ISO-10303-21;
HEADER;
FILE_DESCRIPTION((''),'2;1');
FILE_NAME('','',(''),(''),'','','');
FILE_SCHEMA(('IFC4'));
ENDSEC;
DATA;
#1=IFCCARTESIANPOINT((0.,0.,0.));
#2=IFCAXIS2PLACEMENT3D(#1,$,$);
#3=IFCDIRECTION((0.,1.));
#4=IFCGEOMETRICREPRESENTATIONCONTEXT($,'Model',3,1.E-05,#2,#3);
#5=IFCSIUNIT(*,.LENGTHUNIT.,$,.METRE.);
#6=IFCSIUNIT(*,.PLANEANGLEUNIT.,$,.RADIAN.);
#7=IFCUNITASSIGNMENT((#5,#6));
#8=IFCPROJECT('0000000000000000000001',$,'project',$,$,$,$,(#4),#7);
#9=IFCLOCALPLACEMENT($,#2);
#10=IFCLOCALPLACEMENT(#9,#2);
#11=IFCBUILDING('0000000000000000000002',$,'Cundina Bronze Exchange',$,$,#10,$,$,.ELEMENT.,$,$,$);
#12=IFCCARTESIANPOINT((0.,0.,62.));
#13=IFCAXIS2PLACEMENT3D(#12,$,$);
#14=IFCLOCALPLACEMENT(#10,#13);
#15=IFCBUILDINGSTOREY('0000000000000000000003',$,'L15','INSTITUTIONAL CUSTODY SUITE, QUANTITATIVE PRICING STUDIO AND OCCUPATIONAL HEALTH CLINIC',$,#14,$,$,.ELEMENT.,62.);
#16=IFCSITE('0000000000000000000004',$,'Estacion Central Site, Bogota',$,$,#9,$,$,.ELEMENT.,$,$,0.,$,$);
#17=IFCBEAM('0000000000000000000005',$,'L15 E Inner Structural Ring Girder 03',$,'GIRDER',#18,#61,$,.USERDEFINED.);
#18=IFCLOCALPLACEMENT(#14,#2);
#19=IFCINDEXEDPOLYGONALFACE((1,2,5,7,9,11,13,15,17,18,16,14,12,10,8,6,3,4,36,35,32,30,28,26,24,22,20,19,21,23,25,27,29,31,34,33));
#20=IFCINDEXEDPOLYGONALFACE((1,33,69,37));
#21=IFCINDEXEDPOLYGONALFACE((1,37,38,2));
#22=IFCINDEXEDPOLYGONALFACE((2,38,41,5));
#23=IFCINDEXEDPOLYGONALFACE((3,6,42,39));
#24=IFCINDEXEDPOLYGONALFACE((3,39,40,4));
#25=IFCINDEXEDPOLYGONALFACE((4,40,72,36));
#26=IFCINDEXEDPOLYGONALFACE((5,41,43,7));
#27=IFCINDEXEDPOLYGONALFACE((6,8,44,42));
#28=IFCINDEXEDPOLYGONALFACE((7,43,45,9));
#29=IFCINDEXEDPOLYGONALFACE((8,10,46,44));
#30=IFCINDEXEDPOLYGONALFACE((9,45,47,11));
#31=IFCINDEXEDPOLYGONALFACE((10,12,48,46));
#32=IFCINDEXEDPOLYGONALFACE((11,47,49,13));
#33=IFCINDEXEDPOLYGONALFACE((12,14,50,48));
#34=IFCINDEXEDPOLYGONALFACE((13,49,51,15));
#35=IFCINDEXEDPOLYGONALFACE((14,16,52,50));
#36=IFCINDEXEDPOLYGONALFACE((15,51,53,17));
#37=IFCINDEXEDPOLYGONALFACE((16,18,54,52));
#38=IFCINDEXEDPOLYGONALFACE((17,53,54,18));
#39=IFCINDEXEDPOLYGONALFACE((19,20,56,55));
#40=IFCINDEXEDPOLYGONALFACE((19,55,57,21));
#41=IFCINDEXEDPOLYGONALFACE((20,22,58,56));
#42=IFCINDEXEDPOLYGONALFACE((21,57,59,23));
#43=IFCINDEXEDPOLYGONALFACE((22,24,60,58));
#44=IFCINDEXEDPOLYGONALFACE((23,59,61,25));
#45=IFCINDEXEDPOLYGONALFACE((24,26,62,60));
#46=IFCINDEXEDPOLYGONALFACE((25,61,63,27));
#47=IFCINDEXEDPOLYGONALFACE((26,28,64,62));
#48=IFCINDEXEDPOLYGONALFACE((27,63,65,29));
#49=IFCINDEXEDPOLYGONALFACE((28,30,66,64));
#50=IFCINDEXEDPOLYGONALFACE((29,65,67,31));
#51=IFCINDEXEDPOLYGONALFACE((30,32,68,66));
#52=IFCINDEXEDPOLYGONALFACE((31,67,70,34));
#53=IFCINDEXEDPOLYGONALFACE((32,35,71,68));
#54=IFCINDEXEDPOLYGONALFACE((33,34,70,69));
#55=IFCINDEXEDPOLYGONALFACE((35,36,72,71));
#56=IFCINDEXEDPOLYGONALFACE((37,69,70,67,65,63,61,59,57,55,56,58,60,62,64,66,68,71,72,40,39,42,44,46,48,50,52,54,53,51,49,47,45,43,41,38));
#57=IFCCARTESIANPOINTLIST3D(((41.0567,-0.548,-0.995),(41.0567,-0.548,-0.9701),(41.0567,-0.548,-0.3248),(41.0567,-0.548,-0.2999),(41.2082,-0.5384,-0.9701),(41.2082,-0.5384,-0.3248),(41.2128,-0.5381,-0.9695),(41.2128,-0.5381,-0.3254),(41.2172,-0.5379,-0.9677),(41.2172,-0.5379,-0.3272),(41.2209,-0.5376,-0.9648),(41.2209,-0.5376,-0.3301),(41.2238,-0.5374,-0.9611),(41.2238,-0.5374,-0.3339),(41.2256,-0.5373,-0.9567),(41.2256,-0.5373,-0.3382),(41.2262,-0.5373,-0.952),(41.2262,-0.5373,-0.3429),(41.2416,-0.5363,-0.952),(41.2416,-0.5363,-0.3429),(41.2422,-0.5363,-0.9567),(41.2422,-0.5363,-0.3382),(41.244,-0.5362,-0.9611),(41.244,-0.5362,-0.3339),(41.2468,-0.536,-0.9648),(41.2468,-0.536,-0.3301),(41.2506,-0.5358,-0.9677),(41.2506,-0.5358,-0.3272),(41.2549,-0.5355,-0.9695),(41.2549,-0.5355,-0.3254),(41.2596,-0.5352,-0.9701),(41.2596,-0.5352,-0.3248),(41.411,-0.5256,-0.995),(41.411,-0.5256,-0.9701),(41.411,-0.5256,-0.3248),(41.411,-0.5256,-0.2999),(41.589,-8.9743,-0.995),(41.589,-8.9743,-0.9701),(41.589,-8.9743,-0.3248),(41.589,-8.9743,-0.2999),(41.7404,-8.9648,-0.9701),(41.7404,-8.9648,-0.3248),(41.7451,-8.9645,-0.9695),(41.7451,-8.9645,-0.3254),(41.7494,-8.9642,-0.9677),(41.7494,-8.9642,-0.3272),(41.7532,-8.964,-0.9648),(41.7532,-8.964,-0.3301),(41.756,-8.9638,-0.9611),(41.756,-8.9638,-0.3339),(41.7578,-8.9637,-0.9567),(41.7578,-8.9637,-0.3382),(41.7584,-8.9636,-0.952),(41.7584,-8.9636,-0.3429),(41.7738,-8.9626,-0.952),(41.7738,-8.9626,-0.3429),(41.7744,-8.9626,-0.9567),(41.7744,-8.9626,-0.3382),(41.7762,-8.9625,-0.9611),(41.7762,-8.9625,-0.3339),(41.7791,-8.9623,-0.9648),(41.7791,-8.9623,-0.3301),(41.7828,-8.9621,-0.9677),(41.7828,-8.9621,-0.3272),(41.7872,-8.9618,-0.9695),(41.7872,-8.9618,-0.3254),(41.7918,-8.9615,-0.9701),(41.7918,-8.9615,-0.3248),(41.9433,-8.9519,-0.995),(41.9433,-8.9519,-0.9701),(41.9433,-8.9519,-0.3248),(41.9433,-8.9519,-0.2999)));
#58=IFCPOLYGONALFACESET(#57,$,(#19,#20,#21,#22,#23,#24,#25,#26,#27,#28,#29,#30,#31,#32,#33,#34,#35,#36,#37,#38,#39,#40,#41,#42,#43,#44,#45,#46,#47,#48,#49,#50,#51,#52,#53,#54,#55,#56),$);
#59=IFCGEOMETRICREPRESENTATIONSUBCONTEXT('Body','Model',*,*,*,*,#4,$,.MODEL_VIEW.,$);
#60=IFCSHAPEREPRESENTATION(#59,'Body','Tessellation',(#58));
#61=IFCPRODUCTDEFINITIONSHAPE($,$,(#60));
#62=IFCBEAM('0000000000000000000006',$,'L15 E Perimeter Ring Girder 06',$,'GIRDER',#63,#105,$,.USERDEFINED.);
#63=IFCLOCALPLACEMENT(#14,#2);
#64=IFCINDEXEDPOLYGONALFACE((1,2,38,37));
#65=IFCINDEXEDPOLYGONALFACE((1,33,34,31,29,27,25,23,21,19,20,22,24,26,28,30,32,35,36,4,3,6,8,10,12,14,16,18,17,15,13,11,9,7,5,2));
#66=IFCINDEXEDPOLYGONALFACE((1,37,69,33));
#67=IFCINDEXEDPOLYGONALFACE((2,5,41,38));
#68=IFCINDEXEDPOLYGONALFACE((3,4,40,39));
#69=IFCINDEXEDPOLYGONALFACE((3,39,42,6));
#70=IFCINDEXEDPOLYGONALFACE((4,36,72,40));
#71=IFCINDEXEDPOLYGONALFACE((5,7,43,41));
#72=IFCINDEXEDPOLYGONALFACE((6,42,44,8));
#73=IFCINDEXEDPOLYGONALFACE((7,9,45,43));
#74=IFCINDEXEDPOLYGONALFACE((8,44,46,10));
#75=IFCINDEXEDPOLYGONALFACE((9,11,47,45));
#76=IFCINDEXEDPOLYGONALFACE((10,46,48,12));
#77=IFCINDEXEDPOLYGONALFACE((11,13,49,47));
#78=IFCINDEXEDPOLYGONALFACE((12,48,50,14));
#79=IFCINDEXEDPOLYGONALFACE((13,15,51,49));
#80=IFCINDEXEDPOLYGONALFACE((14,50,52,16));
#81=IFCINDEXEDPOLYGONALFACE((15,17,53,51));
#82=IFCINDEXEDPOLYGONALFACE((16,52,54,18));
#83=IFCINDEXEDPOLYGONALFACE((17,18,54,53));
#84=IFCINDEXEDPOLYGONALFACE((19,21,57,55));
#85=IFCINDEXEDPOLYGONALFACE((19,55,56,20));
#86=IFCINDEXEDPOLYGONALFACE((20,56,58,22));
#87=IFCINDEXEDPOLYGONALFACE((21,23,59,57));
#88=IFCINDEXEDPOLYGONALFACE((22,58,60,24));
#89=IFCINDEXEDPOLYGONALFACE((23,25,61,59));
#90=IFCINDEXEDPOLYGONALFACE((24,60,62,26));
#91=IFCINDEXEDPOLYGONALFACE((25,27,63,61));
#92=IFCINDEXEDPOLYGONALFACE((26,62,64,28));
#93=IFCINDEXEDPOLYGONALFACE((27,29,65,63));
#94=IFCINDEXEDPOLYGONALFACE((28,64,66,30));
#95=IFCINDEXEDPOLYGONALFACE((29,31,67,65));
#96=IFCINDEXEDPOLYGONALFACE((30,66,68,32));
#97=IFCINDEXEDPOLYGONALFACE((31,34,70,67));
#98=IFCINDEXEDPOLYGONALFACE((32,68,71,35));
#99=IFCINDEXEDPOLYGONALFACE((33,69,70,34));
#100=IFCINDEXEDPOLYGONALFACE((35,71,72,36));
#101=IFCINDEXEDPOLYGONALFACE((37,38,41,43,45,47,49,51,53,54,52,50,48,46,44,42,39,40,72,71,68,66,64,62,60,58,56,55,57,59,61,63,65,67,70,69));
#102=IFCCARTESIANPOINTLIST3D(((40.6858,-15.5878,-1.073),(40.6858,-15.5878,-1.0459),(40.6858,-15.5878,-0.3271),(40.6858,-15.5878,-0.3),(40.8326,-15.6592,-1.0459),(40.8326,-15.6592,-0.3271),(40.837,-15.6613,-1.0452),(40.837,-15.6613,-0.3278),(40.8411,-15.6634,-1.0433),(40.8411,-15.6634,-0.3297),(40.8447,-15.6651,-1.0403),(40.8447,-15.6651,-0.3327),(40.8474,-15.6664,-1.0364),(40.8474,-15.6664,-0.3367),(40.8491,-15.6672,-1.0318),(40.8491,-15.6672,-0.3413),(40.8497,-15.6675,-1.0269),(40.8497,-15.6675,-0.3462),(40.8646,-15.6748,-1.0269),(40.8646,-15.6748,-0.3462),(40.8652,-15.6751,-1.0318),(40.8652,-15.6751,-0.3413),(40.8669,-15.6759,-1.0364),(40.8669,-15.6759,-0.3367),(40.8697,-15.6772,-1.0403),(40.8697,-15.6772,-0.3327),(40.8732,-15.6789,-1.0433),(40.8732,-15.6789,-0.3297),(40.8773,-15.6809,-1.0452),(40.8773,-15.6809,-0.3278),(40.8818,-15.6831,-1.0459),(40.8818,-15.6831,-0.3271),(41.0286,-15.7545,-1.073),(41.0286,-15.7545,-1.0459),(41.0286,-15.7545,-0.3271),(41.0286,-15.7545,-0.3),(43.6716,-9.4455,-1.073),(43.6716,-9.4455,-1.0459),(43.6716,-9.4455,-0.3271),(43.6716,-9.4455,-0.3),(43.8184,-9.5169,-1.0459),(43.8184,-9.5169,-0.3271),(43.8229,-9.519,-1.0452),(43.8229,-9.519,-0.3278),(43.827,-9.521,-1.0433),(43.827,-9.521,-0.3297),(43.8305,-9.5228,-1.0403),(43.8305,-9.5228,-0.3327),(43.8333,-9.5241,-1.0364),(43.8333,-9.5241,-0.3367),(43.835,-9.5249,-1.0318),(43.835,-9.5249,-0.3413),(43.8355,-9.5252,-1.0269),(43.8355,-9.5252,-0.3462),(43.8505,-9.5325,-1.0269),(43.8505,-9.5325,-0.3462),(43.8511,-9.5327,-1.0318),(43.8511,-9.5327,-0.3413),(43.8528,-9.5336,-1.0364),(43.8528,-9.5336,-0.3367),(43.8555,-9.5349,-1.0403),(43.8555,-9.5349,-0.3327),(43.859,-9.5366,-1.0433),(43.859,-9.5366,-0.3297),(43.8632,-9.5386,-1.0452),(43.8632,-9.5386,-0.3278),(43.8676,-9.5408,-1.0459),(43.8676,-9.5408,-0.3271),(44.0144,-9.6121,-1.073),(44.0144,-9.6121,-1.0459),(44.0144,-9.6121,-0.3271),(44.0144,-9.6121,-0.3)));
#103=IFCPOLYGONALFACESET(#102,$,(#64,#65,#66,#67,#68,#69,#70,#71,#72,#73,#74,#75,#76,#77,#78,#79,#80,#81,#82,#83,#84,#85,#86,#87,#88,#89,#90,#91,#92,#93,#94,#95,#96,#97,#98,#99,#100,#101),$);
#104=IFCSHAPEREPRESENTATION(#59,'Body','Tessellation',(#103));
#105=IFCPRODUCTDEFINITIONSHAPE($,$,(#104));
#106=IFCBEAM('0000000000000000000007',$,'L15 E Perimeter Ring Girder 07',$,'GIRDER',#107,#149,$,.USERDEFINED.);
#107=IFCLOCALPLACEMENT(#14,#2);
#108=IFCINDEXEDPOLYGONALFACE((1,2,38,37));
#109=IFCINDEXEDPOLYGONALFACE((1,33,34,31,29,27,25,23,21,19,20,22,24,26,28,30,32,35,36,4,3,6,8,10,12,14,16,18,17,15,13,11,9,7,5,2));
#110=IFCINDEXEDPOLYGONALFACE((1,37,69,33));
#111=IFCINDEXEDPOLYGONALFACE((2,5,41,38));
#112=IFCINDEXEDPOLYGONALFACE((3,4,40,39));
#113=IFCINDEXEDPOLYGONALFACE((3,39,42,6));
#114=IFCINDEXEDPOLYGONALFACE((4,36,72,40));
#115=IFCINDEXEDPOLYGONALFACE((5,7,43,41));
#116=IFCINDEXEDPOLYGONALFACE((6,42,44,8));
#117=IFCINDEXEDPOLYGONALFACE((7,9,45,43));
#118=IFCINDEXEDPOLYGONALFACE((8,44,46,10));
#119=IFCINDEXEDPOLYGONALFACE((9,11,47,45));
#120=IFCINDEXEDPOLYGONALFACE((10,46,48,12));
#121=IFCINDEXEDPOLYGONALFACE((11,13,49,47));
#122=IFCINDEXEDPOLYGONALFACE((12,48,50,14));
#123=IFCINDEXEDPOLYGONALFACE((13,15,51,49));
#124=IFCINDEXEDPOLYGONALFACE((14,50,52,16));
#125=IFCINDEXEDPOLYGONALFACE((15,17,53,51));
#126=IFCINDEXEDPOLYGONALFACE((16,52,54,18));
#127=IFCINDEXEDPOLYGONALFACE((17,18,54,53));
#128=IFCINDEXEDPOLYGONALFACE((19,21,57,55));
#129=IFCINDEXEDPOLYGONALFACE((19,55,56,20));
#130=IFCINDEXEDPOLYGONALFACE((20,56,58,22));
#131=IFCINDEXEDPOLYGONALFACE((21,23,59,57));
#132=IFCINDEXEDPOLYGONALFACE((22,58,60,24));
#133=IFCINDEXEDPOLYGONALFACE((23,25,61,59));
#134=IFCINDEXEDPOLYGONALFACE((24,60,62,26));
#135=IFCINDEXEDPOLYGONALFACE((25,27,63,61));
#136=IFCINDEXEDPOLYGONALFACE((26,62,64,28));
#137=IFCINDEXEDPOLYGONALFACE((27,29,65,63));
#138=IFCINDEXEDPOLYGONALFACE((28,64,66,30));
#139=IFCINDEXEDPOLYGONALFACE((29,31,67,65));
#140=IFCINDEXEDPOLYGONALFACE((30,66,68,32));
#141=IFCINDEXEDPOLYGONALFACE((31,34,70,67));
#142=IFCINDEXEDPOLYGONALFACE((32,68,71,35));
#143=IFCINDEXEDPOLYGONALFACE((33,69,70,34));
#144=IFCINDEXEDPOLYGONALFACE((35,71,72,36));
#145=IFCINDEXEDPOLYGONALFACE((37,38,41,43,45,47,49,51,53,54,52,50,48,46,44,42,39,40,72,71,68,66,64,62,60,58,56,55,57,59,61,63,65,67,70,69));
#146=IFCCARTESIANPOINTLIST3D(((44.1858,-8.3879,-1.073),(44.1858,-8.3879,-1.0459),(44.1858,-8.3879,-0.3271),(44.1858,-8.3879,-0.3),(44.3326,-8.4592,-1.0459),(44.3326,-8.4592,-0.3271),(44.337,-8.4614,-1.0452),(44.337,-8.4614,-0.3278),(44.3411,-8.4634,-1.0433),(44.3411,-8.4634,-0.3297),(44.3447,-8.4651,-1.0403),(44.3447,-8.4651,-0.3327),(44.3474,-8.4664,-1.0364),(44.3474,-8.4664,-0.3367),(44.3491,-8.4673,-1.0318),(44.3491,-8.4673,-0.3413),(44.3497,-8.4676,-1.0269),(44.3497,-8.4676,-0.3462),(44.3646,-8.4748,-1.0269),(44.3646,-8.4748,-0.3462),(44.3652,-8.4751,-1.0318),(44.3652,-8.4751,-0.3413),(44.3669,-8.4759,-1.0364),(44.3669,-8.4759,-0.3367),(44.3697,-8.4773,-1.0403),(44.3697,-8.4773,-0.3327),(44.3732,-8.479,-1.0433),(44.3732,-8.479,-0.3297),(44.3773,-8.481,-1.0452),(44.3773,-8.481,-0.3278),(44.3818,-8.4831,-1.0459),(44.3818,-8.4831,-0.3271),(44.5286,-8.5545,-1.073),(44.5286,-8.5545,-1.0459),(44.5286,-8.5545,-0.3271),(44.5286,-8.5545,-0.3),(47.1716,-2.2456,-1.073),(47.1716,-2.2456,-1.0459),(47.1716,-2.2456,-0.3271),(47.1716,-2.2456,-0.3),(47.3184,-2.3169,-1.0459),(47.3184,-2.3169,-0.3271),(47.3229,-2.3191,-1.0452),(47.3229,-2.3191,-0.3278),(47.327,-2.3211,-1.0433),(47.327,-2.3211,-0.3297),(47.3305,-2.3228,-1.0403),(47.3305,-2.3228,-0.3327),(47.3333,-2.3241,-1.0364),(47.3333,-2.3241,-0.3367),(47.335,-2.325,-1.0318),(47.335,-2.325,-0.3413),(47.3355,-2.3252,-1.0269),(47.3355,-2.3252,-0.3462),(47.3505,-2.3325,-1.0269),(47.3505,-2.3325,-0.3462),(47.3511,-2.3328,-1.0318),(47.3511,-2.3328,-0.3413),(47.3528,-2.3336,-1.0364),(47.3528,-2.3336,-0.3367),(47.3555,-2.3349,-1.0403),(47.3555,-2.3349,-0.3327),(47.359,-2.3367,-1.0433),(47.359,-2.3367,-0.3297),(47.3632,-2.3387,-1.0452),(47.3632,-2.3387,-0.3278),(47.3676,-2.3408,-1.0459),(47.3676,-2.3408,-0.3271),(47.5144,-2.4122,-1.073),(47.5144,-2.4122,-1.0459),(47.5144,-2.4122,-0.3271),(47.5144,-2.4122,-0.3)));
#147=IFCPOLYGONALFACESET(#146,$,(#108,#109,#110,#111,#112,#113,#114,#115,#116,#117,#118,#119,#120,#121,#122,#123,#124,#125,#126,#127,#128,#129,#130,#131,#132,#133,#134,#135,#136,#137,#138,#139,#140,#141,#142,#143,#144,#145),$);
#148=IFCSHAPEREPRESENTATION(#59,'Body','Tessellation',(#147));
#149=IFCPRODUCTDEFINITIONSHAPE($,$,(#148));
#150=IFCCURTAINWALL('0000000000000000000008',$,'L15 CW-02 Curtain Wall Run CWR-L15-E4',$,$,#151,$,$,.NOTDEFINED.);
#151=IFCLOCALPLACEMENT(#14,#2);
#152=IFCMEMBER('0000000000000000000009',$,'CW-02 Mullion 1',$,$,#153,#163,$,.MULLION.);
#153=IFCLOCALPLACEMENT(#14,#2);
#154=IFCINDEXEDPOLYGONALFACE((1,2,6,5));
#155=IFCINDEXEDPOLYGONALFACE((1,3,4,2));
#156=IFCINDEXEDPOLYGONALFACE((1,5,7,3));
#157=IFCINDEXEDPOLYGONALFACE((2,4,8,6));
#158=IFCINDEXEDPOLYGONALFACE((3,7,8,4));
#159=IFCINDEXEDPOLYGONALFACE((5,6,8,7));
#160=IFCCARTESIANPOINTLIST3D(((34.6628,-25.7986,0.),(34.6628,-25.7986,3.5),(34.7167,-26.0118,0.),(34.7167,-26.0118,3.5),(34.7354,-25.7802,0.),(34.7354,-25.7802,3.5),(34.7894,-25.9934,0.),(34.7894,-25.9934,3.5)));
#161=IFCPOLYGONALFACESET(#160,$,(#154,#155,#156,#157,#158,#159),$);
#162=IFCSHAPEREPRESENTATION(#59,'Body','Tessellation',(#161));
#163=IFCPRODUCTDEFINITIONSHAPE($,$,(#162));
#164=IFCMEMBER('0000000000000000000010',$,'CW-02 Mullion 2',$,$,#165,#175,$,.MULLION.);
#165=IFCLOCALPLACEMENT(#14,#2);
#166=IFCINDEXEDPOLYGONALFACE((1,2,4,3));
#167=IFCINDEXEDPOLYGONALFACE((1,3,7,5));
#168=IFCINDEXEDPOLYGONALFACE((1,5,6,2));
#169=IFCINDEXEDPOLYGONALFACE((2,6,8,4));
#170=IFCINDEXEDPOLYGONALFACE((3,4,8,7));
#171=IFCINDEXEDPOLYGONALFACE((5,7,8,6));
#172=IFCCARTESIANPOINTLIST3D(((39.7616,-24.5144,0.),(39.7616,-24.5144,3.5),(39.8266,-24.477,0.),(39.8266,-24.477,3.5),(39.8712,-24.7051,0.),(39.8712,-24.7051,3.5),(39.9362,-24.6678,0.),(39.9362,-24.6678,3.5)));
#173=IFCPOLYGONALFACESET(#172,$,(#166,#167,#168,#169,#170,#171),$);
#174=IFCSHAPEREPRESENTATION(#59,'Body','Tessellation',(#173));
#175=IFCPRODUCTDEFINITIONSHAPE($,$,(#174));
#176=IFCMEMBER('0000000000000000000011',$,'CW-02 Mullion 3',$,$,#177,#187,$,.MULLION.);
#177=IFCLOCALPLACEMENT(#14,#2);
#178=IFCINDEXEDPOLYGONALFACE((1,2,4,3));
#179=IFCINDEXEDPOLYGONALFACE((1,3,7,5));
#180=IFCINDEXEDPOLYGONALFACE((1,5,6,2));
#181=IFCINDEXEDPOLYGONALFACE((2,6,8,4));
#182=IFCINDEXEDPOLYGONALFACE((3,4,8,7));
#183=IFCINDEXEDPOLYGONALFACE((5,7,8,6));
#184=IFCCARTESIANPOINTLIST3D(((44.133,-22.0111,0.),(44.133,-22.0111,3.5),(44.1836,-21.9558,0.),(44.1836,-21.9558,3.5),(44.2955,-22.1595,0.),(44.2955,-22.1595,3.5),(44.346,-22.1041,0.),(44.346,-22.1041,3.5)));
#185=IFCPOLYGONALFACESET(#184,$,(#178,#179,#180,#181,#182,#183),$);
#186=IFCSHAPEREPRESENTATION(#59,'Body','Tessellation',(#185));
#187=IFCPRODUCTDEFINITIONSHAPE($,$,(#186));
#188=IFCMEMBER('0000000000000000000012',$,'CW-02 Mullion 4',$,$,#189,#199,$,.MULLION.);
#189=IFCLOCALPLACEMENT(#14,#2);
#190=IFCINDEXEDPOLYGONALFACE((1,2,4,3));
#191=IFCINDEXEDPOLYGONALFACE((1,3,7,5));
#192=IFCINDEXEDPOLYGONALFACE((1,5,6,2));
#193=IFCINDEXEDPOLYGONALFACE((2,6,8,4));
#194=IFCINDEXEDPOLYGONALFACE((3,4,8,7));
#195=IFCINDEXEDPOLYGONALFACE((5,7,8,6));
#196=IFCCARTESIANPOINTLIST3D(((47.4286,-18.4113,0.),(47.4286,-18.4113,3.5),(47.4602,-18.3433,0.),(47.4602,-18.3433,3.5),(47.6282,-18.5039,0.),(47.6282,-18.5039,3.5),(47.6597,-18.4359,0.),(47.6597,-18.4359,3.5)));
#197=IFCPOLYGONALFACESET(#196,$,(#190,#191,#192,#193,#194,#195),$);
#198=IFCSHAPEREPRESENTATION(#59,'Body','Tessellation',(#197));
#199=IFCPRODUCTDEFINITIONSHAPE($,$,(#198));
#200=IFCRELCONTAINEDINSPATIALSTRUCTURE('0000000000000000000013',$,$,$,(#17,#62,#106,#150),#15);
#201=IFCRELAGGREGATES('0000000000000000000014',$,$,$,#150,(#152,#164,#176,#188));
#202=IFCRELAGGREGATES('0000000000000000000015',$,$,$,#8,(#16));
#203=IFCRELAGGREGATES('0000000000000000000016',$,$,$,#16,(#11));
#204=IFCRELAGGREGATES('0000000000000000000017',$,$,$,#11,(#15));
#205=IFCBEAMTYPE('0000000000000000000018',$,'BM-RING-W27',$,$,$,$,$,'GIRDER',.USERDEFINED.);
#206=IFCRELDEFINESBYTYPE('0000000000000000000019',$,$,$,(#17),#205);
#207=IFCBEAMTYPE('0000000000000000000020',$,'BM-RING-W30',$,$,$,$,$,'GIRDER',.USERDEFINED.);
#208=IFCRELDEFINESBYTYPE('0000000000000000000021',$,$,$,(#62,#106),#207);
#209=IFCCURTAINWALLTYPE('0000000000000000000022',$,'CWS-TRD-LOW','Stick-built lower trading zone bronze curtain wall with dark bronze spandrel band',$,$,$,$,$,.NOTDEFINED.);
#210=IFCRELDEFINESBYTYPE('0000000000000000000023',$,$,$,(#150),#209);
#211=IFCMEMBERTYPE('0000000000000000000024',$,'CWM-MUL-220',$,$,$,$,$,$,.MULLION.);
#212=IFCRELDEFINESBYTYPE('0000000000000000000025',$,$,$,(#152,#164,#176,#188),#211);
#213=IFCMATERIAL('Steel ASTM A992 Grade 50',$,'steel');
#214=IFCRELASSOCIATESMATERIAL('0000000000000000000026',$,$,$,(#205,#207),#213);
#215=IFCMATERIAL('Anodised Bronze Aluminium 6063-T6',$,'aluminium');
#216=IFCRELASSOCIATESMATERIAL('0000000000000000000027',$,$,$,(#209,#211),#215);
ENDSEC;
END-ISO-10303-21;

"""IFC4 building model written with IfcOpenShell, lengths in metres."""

from ifc_helpers import new_model, si_unit, direction, frame, origin, origin_2d, place, context, subcontext, project, spatial, rectangle, i_section, extrude, material, material_profile, profile_set, type_object, element, aggregate, save


model = new_model("IFC4")

# Units and contexts
model_context = context("Model", 3, precision=1e-05, world=origin(), true_north=direction((0.0, 1.0)))
body_context = subcontext(model_context, "Body", "Model", "MODEL_VIEW")
ifc_project = project(units=[si_unit("LENGTHUNIT", "METRE"), si_unit("PLANEANGLEUNIT", "RADIAN")], contexts=[model_context])

# Site, building, storey
site_placement = place(None, origin())
site = spatial("IfcSite", under=ifc_project, at=site_placement, Name="Estacion Central Site, Bogota", CompositionType="ELEMENT", RefElevation=0.0)
building_placement = place(site_placement, origin())
building = spatial("IfcBuilding", under=site, at=building_placement, Name="Cundina Bronze Exchange", CompositionType="ELEMENT")
storey_placement = place(building_placement, frame((0.0, 0.0, 62.0)))
storey = spatial("IfcBuildingStorey", under=building, at=storey_placement, Name="L15", Description="INSTITUTIONAL CUSTODY SUITE, QUANTITATIVE PRICING STUDIO AND OCCUPATIONAL HEALTH CLINIC", CompositionType="ELEMENT", Elevation=62.0)

# Beams
ifc_material_1 = material(Name="Steel ASTM A992 Grade 50", Category="steel")
ifc_material_profile_1 = material_profile(ifc_material_1, i_section(OverallWidth=0.355, OverallDepth=0.6951, WebThickness=0.0154, FlangeThickness=0.0249, FilletRadius=0.0181, at=origin_2d()), Name="W27X146", Category="steel")
ifc_profile_set_1 = profile_set([ifc_material_profile_1], Name="Steel ASTM A992 Grade 50")
beam_type_1 = type_object("IfcBeamType", Name="BM-RING-W27", ElementType="GIRDER", PredefinedType="USERDEFINED", material=ifc_profile_set_1)
beam_1_placement = place(storey_placement, frame((41.7661, -8.9631, -0.6475), z_axis=(-0.063037, 0.998011, 0.0), x_axis=(-0.998011, -0.063037, 0.0)))
element("IfcBeam", 1, at=beam_1_placement, inside=storey, type_object=beam_type_1, Name="L15 E Inner Structural Ring Girder 03", ObjectType="GIRDER", PredefinedType="USERDEFINED", context=body_context, shape_type="SweptSolid", body=[
    extrude(i_section(OverallWidth=0.355, OverallDepth=0.6951, WebThickness=0.0154, FlangeThickness=0.0249, FilletRadius=0.0181, at=origin_2d()), origin(), (0.0, 0.0, 1.0), 8.4431),
])
ifc_material_profile_2 = material_profile(ifc_material_1, i_section(OverallWidth=0.3811, OverallDepth=0.7729, WebThickness=0.0166, FlangeThickness=0.0271, FilletRadius=0.019, at=origin_2d()), Name="W30X173", Category="steel")
ifc_profile_set_2 = profile_set([ifc_material_profile_2], Name="Steel ASTM A992 Grade 50")
beam_type_2 = type_object("IfcBeamType", Name="BM-RING-W30", ElementType="GIRDER", PredefinedType="USERDEFINED", material=ifc_profile_set_2)
for number, where, z_axis, x_axis, name in (
    (2, (40.8572, -15.6711, -0.6865), (0.437191, 0.899369, 0.0), (-0.899369, 0.437191, 0.0), "L15 E Perimeter Ring Girder 06"),
    (3, (44.3572, -8.4712, -0.6865), (0.437191, 0.899369, 0.0), (-0.899369, 0.437191, 0.0), "L15 E Perimeter Ring Girder 07"),
):
    element("IfcBeam", number, at=place(storey_placement, frame(where, z_axis=z_axis, x_axis=x_axis)), inside=storey, type_object=beam_type_2, Name=name, ObjectType="GIRDER", PredefinedType="USERDEFINED", context=body_context, shape_type="SweptSolid", body=[
        extrude(i_section(OverallWidth=0.3811, OverallDepth=0.7729, WebThickness=0.0166, FlangeThickness=0.0271, FilletRadius=0.019, at=origin_2d()), origin(), (0.0, 0.0, 1.0), 6.8296),
    ])

# Curtain wall, members
ifc_material_2 = material(Name="Anodised Bronze Aluminium 6063-T6", Category="aluminium")
curtain_wall_type = type_object("IfcCurtainWallType", Name="CWS-TRD-LOW", Description="Stick-built lower trading zone bronze curtain wall with dark bronze spandrel band", PredefinedType="NOTDEFINED", material=ifc_material_2)
curtain_wall_placement = place(storey_placement, origin())
curtain_wall = element("IfcCurtainWall", 4, at=curtain_wall_placement, inside=storey, type_object=curtain_wall_type, Name="L15 CW-02 Curtain Wall Run CWR-L15-E4", PredefinedType="NOTDEFINED")
ifc_material_profile_3 = material_profile(ifc_material_2, rectangle(XDim=0.075, YDim=0.22, at=origin_2d()), Name="AL75X220", Category="aluminium")
ifc_profile_set_3 = profile_set([ifc_material_profile_3], Name="Anodised Bronze Aluminium 6063-T6")
member_type_1 = type_object("IfcMemberType", Name="CWM-MUL-220", PredefinedType="MULLION", material=ifc_profile_set_3)
member_1_placement = place(storey_placement, frame((34.7261, -25.896, 0.0), z_axis=(0.0, 0.0, 1.0), x_axis=(0.969488, 0.245138, 0.0)))
member_1 = element("IfcMember", 5, at=member_1_placement, type_object=member_type_1, Name="CW-02 Mullion 1", PredefinedType="MULLION", context=body_context, shape_type="SweptSolid", body=[
    extrude(rectangle(XDim=0.075, YDim=0.22, at=origin_2d()), origin(), (0.0, 0.0, 1.0), 3.5),
])
member_2_placement = place(storey_placement, frame((39.8489, -24.5911, 0.0), z_axis=(0.0, 0.0, 1.0), x_axis=(0.867071, 0.498185, 0.0)))
member_2 = element("IfcMember", 6, at=member_2_placement, type_object=member_type_1, Name="CW-02 Mullion 2", PredefinedType="MULLION", context=body_context, shape_type="SweptSolid", body=[
    extrude(rectangle(XDim=0.075, YDim=0.22, at=origin_2d()), origin(), (0.0, 0.0, 1.0), 3.5),
])
member_3_placement = place(storey_placement, frame((44.2395, -22.0576, 0.0), z_axis=(0.0, 0.0, 1.0), x_axis=(0.674302, 0.738455, 0.0)))
member_3 = element("IfcMember", 7, at=member_3_placement, type_object=member_type_1, Name="CW-02 Mullion 3", PredefinedType="MULLION", context=body_context, shape_type="SweptSolid", body=[
    extrude(rectangle(XDim=0.075, YDim=0.22, at=origin_2d()), origin(), (0.0, 0.0, 1.0), 3.5),
])
member_4_placement = place(storey_placement, frame((47.5442, -18.4236, 0.0), z_axis=(0.0, 0.0, 1.0), x_axis=(0.420877, 0.907117, 0.0)))
member_4 = element("IfcMember", 8, at=member_4_placement, type_object=member_type_1, Name="CW-02 Mullion 4", PredefinedType="MULLION", context=body_context, shape_type="SweptSolid", body=[
    extrude(rectangle(XDim=0.075, YDim=0.22, at=origin_2d()), origin(), (0.0, 0.0, 1.0), 3.5),
])
aggregate(curtain_wall, [member_1, member_2, member_3, member_4])

save(model, "model.ifc")
